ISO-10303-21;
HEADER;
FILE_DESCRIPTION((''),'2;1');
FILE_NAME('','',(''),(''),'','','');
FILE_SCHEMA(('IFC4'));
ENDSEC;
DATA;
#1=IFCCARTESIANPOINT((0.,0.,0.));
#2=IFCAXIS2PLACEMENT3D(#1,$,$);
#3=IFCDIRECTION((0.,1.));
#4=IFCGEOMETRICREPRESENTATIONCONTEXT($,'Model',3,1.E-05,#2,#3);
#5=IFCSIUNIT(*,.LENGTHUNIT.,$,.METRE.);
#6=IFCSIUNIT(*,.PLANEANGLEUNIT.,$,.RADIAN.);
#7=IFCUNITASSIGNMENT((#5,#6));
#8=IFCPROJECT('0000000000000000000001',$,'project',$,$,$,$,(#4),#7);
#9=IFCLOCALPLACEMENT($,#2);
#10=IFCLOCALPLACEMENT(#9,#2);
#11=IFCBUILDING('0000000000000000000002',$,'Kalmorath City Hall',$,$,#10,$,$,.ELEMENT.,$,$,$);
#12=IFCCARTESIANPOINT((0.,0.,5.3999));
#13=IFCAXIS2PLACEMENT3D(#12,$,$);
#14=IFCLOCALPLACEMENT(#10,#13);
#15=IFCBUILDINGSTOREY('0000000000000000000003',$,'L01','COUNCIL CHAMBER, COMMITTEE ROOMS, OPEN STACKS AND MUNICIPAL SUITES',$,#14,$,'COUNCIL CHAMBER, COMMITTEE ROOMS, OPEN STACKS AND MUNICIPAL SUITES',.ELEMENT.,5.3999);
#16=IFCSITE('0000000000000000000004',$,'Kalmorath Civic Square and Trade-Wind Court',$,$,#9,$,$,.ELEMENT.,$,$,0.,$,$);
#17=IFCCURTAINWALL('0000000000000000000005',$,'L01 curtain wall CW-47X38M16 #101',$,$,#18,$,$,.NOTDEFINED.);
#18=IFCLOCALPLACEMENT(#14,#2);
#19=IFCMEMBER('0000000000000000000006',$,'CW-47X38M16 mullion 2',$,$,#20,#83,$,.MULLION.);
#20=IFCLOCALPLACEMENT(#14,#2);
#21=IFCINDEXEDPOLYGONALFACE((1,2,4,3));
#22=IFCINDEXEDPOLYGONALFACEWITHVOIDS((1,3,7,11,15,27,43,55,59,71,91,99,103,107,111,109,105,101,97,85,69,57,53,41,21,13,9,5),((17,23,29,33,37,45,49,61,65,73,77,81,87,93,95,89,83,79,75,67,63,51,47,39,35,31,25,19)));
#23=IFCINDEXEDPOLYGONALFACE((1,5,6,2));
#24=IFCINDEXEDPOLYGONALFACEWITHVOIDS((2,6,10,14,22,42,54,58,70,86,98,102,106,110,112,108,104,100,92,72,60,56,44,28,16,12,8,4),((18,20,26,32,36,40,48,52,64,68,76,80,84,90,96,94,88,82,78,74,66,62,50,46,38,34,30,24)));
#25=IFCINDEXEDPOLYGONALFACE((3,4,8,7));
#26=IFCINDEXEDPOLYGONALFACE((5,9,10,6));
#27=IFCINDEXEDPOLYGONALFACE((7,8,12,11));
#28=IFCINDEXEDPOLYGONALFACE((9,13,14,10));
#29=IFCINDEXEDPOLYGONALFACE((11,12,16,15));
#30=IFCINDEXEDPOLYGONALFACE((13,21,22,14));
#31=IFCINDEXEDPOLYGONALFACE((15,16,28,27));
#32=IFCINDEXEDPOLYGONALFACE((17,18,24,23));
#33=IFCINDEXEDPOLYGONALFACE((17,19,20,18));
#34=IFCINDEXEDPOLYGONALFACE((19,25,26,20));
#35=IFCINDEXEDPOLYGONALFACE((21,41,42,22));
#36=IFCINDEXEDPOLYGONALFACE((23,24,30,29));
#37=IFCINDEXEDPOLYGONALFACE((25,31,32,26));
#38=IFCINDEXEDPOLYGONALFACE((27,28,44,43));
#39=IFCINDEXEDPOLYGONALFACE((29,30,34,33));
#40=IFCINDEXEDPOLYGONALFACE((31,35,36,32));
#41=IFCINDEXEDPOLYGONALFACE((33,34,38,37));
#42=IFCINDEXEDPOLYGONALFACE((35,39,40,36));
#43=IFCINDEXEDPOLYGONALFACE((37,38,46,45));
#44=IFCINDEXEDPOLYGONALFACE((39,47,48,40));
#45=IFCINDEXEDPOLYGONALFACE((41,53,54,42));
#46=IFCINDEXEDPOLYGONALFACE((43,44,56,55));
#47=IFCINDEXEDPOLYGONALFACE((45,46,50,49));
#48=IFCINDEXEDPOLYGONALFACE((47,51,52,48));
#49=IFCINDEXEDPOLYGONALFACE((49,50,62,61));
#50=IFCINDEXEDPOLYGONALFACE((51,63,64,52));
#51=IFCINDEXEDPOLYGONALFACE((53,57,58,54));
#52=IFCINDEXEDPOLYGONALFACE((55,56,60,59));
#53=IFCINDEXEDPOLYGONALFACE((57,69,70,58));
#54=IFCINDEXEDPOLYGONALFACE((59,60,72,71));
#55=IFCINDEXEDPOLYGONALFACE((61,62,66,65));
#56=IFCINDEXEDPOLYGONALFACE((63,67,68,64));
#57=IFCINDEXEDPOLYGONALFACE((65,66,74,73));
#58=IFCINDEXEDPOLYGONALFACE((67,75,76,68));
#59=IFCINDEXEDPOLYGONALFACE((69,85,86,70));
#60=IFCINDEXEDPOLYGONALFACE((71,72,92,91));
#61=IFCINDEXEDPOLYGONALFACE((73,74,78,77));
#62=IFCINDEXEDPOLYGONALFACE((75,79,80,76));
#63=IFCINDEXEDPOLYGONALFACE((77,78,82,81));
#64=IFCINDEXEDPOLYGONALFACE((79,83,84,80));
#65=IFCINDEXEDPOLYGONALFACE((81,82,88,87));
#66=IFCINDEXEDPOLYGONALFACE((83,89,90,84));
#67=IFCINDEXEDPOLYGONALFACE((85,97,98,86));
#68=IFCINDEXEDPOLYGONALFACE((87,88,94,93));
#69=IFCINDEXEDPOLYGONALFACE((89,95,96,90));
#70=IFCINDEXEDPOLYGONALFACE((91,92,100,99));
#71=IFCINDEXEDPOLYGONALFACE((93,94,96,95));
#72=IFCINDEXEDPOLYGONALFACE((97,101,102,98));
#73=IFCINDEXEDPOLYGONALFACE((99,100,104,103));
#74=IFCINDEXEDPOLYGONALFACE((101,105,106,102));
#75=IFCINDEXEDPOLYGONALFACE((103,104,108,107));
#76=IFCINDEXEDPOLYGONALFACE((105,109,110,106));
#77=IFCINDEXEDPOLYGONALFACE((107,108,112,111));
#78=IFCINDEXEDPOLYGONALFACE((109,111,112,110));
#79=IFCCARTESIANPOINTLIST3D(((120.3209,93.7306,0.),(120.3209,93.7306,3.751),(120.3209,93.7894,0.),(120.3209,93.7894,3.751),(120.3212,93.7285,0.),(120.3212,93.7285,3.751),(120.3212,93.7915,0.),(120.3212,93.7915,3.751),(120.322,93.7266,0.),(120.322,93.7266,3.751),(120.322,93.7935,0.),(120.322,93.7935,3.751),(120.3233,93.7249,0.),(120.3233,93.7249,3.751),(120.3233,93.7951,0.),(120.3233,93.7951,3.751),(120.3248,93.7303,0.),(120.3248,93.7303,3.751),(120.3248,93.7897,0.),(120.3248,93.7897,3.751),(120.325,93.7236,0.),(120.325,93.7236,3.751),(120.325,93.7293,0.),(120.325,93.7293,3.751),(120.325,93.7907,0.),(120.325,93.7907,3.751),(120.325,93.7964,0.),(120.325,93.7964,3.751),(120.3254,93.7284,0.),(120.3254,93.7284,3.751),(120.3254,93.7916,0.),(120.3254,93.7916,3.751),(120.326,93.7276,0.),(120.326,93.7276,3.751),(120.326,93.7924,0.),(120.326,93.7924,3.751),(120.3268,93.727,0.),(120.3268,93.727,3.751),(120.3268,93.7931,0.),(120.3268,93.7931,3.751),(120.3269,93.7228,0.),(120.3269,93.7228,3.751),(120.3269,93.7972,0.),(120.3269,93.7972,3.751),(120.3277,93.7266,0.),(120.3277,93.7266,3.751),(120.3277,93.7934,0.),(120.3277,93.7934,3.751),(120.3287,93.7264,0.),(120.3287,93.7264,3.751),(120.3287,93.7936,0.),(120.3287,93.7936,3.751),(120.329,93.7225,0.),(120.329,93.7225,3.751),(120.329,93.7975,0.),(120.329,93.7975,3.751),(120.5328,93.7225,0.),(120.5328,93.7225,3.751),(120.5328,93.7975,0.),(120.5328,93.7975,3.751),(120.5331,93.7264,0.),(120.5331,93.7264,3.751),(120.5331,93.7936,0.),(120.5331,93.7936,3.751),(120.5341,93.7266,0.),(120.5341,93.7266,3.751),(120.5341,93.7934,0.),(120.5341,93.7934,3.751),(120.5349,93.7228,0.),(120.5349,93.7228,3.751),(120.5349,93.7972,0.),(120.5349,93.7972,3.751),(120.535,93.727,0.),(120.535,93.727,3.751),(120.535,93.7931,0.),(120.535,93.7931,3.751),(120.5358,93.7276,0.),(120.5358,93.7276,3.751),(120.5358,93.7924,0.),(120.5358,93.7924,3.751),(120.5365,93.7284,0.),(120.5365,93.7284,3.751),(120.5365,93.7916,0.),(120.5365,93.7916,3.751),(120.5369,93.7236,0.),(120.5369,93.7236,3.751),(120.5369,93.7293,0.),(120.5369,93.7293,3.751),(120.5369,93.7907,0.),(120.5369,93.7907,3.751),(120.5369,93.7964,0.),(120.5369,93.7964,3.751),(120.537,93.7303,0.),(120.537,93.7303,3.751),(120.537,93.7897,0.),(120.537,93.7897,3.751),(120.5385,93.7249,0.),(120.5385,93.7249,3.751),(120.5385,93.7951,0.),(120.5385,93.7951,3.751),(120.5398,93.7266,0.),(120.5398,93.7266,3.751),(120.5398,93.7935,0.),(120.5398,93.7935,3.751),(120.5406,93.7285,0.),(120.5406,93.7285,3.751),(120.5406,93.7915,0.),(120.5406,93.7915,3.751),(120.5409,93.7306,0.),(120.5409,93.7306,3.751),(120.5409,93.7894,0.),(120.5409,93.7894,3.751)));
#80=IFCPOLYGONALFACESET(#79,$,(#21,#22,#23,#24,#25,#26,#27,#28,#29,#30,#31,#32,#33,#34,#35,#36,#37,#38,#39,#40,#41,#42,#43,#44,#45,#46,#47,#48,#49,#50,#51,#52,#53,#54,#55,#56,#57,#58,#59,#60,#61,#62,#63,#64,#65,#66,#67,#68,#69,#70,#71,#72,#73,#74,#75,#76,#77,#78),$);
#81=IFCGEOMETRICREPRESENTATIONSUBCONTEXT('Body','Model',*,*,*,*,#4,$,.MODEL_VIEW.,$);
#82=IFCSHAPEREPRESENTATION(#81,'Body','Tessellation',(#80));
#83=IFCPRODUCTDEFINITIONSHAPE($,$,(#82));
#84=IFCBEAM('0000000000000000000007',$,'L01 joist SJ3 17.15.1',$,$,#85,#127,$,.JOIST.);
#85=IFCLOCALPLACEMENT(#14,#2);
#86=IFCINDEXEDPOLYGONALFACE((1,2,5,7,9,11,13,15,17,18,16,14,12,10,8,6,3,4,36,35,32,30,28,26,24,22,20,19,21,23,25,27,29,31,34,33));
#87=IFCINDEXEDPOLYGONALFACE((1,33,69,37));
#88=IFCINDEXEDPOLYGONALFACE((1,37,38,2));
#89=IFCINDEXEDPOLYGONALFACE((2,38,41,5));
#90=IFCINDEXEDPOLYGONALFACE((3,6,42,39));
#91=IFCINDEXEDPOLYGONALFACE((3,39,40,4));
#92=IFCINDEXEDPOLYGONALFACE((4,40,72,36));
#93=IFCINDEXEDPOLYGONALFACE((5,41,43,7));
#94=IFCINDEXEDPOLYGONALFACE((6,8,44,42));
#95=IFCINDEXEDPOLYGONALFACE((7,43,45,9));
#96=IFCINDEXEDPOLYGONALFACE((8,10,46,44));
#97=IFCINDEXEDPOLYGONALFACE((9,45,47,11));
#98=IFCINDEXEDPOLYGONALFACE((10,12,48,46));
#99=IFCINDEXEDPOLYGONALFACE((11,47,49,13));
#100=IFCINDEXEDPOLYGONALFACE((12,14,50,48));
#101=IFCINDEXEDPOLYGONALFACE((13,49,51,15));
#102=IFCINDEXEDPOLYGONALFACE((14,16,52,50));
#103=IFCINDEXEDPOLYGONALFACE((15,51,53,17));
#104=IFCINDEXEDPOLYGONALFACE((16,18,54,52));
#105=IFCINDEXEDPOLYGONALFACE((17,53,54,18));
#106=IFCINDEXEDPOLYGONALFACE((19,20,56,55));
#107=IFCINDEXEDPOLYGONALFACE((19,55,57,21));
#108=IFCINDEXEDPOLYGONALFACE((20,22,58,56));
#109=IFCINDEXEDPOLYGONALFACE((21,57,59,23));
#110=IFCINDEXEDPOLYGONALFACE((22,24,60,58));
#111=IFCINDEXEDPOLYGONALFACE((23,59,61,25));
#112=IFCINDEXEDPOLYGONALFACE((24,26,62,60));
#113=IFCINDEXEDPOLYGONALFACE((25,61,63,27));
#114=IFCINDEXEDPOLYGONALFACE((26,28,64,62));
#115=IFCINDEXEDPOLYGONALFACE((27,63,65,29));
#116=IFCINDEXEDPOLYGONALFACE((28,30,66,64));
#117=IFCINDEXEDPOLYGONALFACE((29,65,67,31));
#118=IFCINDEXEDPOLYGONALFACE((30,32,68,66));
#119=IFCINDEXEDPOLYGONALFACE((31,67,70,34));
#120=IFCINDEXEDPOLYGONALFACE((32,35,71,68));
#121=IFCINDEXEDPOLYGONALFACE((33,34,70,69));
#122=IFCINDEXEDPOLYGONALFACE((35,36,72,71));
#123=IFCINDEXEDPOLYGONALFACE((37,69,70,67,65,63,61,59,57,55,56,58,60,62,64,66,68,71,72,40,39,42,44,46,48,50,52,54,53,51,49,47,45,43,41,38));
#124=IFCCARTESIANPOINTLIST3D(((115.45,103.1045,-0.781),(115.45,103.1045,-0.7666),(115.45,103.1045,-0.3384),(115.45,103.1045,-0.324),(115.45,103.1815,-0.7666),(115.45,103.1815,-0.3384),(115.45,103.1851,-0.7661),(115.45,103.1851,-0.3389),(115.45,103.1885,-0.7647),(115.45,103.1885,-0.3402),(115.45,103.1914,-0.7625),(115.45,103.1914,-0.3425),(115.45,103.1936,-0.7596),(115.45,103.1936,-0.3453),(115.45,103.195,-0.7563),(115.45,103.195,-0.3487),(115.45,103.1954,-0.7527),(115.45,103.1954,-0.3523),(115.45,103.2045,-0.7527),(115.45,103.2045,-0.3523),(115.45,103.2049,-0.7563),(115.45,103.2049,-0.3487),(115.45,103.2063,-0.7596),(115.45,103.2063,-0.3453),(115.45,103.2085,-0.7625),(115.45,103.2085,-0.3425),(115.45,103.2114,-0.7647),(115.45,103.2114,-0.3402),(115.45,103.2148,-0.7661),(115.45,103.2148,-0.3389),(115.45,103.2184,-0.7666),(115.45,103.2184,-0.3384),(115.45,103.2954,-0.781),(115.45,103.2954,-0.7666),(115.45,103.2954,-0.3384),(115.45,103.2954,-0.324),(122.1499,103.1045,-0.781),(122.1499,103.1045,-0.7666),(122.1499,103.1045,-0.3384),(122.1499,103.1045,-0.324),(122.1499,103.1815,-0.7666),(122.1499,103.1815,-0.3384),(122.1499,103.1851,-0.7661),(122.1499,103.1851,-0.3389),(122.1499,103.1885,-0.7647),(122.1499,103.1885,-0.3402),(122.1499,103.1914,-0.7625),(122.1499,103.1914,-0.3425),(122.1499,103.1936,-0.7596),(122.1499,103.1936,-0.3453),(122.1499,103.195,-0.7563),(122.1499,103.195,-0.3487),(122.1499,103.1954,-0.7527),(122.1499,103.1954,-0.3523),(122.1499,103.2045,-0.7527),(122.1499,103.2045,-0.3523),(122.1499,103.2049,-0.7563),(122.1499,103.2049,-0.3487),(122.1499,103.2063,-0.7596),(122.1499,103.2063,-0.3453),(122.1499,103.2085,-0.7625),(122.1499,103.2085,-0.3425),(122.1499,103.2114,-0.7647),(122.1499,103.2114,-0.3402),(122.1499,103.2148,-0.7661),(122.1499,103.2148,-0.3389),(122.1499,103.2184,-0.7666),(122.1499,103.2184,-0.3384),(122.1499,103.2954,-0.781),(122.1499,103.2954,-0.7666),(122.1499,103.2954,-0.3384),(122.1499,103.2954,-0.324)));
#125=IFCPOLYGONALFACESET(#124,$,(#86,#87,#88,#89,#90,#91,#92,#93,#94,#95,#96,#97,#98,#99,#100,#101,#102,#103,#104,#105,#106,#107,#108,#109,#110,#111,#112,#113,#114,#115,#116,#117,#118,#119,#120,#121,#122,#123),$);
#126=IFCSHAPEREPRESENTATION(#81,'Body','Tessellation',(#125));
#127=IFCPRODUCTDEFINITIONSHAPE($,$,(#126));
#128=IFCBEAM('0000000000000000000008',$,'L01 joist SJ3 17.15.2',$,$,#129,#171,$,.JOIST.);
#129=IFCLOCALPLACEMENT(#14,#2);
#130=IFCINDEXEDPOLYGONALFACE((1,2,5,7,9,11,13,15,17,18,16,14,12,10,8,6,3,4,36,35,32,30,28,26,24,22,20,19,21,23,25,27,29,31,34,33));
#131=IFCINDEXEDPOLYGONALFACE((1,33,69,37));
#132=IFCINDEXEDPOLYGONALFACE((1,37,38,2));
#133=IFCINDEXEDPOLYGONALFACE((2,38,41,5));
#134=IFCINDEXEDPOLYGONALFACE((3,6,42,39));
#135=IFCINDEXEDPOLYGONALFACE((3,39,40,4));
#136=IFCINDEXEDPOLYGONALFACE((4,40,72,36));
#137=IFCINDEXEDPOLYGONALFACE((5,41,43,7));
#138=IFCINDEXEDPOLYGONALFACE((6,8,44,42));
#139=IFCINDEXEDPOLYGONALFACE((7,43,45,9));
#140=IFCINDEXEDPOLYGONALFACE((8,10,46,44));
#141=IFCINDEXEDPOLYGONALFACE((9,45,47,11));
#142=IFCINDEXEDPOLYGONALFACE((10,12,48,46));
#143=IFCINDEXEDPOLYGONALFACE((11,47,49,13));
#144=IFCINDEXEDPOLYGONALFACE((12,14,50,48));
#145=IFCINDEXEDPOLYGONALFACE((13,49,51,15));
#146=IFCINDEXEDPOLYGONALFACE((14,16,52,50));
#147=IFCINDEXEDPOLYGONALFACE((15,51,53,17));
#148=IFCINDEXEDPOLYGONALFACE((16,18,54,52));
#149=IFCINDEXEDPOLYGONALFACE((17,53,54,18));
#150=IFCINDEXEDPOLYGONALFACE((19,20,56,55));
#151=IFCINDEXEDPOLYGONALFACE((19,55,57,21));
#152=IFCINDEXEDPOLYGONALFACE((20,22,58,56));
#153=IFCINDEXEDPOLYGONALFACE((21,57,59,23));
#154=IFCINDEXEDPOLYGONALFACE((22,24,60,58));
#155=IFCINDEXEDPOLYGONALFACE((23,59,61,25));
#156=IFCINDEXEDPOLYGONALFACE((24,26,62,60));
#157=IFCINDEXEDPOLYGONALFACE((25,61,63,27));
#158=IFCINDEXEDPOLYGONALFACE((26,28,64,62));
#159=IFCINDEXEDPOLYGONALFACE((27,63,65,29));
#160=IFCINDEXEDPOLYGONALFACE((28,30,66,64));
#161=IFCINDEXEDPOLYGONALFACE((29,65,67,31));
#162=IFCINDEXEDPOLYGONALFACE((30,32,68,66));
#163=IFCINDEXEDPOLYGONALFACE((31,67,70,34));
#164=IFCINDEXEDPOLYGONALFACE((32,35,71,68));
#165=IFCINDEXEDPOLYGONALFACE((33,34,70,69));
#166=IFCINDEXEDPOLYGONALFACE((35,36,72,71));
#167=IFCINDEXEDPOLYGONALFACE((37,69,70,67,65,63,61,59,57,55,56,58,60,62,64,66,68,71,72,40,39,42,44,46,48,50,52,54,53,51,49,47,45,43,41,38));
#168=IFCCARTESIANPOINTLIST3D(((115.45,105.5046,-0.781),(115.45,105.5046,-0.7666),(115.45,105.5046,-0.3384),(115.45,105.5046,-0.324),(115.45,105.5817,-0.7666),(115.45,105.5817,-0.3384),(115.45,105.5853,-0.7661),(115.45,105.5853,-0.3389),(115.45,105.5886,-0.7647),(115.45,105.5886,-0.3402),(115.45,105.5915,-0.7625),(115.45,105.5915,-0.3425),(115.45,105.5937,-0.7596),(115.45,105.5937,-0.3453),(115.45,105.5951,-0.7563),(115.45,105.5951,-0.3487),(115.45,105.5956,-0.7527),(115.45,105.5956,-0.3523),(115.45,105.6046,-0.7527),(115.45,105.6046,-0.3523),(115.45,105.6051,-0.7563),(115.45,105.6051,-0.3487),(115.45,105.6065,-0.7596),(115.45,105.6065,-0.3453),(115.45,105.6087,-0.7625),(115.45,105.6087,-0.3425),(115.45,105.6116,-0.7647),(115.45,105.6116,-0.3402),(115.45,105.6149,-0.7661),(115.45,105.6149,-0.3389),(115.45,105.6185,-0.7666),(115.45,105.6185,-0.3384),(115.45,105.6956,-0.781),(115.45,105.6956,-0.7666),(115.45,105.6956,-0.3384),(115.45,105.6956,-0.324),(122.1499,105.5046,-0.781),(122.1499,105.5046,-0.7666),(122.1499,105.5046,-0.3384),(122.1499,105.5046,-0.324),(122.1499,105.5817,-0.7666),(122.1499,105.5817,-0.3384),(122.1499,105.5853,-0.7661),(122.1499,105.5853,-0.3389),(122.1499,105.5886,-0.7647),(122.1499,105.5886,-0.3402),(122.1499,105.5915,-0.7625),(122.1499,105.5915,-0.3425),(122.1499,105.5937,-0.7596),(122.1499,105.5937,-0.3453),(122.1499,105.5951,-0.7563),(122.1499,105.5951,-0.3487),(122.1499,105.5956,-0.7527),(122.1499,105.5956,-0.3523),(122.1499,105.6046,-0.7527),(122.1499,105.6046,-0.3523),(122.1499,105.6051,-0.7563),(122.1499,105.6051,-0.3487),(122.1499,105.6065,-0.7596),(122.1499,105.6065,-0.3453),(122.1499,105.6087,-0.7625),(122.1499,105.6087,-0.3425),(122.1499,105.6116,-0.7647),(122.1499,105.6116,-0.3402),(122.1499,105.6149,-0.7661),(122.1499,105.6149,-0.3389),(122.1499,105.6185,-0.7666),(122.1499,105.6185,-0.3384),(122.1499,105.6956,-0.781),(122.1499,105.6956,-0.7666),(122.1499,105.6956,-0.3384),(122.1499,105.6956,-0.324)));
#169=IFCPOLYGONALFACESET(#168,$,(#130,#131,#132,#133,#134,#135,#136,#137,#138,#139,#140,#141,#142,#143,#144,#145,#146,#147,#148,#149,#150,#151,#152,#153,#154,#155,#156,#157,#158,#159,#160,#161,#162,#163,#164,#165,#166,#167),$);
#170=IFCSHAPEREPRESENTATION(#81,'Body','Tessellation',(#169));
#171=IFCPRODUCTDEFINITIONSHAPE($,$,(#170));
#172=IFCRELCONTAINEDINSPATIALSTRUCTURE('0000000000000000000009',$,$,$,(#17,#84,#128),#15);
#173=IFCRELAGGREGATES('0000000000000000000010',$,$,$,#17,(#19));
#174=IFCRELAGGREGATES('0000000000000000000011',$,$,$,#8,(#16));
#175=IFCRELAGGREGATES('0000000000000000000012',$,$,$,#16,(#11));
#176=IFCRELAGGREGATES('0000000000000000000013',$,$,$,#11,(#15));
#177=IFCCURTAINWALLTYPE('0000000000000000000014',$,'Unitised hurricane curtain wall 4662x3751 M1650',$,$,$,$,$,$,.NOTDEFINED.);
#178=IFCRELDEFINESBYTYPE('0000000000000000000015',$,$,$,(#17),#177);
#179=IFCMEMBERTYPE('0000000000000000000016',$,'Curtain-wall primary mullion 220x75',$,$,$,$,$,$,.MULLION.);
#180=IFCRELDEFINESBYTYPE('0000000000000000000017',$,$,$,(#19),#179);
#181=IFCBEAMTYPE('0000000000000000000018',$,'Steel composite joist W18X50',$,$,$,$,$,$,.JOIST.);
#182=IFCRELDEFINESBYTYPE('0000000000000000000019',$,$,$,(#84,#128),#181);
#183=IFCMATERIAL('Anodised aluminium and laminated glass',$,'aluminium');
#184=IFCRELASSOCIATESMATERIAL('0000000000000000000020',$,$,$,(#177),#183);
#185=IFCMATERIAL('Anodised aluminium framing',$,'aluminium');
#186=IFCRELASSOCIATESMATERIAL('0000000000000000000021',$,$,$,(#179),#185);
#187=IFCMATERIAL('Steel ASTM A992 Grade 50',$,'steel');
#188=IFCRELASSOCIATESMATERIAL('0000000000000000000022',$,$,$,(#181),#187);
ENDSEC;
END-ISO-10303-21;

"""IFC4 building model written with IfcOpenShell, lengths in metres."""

from ifc_helpers import new_model, si_unit, direction, frame, origin, origin_2d, place, context, subcontext, project, spatial, hollow_rectangle, i_section, extrude, material, material_profile, profile_set, type_object, element, aggregate, save


model = new_model("IFC4")

# Units and contexts
model_context = context("Model", 3, precision=1e-05, world=origin(), true_north=direction((0.0, 1.0)))
body_context = subcontext(model_context, "Body", "Model", "MODEL_VIEW")
ifc_project = project(units=[si_unit("LENGTHUNIT", "METRE"), si_unit("PLANEANGLEUNIT", "RADIAN")], contexts=[model_context])

# Site, building, storey
site_placement = place(None, origin())
site = spatial("IfcSite", under=ifc_project, at=site_placement, Name="Kalmorath Civic Square and Trade-Wind Court", CompositionType="ELEMENT", RefElevation=0.0)
building_placement = place(site_placement, origin())
building = spatial("IfcBuilding", under=site, at=building_placement, Name="Kalmorath City Hall", CompositionType="ELEMENT")
storey_placement = place(building_placement, frame((0.0, 0.0, 5.3999)))
storey = spatial("IfcBuildingStorey", under=building, at=storey_placement, Name="L01", Description="COUNCIL CHAMBER, COMMITTEE ROOMS, OPEN STACKS AND MUNICIPAL SUITES", LongName="COUNCIL CHAMBER, COMMITTEE ROOMS, OPEN STACKS AND MUNICIPAL SUITES", CompositionType="ELEMENT", Elevation=5.3999)

# Curtain wall, member
ifc_material_1 = material(Name="Anodised aluminium and laminated glass", Category="aluminium")
curtain_wall_type = type_object("IfcCurtainWallType", Name="Unitised hurricane curtain wall 4662x3751 M1650", PredefinedType="NOTDEFINED", material=ifc_material_1)
curtain_wall_placement = place(storey_placement, origin())
curtain_wall = element("IfcCurtainWall", 1, at=curtain_wall_placement, inside=storey, type_object=curtain_wall_type, Name="L01 curtain wall CW-47X38M16 #101", PredefinedType="NOTDEFINED")
ifc_material_2 = material(Name="Anodised aluminium framing", Category="aluminium")
ifc_material_profile_1 = material_profile(ifc_material_2, hollow_rectangle(XDim=0.075, YDim=0.22, WallThickness=0.0039, InnerFilletRadius=0.0039, OuterFilletRadius=0.0081, at=origin_2d()), Name="ALU-MUL-220X75X4")
ifc_profile_set_1 = profile_set([ifc_material_profile_1], Name="Anodised aluminium framing")
member_type_1 = type_object("IfcMemberType", Name="Curtain-wall primary mullion 220x75", PredefinedType="MULLION", material=ifc_profile_set_1)
member_1_placement = place(storey_placement, frame((120.4309, 93.76, 0.0), z_axis=(0.0, 0.0, 1.0), x_axis=(0.0, -1.0, 0.0)))
member_1 = element("IfcMember", 2, at=member_1_placement, type_object=member_type_1, Name="CW-47X38M16 mullion 2", PredefinedType="MULLION", context=body_context, shape_type="SweptSolid", body=[
    extrude(hollow_rectangle(XDim=0.075, YDim=0.22, WallThickness=0.0039, InnerFilletRadius=0.0039, OuterFilletRadius=0.0081, at=origin_2d()), origin(), (0.0, 0.0, 1.0), 3.751),
])

# Beams
ifc_material_3 = material(Name="Steel ASTM A992 Grade 50", Category="steel")
ifc_material_profile_2 = material_profile(ifc_material_3, i_section(OverallWidth=0.1909, OverallDepth=0.457, WebThickness=0.009, FlangeThickness=0.0144, FilletRadius=0.0139, at=origin_2d()), Name="W18X50")
ifc_profile_set_2 = profile_set([ifc_material_profile_2], Name="Steel ASTM A992 Grade 50")
beam_type_1 = type_object("IfcBeamType", Name="Steel composite joist W18X50", PredefinedType="JOIST", material=ifc_profile_set_2)
for number, where, z_axis, x_axis, name in (
    (3, (115.45, 103.2, -0.5525), (1.0, 0.0, 0.0), (0.0, 1.0, 0.0), "L01 joist SJ3 17.15.1"),
    (4, (115.45, 105.6001, -0.5525), (1.0, 0.0, 0.0), (0.0, 1.0, 0.0), "L01 joist SJ3 17.15.2"),
):
    element("IfcBeam", number, at=place(storey_placement, frame(where, z_axis=z_axis, x_axis=x_axis)), inside=storey, type_object=beam_type_1, Name=name, PredefinedType="JOIST", context=body_context, shape_type="SweptSolid", body=[
        extrude(i_section(OverallWidth=0.1909, OverallDepth=0.457, WebThickness=0.009, FlangeThickness=0.0144, FilletRadius=0.0139, at=origin_2d()), origin(), (0.0, 0.0, 1.0), 6.7),
    ])

aggregate(curtain_wall, [member_1])

save(model, "model.ifc")
